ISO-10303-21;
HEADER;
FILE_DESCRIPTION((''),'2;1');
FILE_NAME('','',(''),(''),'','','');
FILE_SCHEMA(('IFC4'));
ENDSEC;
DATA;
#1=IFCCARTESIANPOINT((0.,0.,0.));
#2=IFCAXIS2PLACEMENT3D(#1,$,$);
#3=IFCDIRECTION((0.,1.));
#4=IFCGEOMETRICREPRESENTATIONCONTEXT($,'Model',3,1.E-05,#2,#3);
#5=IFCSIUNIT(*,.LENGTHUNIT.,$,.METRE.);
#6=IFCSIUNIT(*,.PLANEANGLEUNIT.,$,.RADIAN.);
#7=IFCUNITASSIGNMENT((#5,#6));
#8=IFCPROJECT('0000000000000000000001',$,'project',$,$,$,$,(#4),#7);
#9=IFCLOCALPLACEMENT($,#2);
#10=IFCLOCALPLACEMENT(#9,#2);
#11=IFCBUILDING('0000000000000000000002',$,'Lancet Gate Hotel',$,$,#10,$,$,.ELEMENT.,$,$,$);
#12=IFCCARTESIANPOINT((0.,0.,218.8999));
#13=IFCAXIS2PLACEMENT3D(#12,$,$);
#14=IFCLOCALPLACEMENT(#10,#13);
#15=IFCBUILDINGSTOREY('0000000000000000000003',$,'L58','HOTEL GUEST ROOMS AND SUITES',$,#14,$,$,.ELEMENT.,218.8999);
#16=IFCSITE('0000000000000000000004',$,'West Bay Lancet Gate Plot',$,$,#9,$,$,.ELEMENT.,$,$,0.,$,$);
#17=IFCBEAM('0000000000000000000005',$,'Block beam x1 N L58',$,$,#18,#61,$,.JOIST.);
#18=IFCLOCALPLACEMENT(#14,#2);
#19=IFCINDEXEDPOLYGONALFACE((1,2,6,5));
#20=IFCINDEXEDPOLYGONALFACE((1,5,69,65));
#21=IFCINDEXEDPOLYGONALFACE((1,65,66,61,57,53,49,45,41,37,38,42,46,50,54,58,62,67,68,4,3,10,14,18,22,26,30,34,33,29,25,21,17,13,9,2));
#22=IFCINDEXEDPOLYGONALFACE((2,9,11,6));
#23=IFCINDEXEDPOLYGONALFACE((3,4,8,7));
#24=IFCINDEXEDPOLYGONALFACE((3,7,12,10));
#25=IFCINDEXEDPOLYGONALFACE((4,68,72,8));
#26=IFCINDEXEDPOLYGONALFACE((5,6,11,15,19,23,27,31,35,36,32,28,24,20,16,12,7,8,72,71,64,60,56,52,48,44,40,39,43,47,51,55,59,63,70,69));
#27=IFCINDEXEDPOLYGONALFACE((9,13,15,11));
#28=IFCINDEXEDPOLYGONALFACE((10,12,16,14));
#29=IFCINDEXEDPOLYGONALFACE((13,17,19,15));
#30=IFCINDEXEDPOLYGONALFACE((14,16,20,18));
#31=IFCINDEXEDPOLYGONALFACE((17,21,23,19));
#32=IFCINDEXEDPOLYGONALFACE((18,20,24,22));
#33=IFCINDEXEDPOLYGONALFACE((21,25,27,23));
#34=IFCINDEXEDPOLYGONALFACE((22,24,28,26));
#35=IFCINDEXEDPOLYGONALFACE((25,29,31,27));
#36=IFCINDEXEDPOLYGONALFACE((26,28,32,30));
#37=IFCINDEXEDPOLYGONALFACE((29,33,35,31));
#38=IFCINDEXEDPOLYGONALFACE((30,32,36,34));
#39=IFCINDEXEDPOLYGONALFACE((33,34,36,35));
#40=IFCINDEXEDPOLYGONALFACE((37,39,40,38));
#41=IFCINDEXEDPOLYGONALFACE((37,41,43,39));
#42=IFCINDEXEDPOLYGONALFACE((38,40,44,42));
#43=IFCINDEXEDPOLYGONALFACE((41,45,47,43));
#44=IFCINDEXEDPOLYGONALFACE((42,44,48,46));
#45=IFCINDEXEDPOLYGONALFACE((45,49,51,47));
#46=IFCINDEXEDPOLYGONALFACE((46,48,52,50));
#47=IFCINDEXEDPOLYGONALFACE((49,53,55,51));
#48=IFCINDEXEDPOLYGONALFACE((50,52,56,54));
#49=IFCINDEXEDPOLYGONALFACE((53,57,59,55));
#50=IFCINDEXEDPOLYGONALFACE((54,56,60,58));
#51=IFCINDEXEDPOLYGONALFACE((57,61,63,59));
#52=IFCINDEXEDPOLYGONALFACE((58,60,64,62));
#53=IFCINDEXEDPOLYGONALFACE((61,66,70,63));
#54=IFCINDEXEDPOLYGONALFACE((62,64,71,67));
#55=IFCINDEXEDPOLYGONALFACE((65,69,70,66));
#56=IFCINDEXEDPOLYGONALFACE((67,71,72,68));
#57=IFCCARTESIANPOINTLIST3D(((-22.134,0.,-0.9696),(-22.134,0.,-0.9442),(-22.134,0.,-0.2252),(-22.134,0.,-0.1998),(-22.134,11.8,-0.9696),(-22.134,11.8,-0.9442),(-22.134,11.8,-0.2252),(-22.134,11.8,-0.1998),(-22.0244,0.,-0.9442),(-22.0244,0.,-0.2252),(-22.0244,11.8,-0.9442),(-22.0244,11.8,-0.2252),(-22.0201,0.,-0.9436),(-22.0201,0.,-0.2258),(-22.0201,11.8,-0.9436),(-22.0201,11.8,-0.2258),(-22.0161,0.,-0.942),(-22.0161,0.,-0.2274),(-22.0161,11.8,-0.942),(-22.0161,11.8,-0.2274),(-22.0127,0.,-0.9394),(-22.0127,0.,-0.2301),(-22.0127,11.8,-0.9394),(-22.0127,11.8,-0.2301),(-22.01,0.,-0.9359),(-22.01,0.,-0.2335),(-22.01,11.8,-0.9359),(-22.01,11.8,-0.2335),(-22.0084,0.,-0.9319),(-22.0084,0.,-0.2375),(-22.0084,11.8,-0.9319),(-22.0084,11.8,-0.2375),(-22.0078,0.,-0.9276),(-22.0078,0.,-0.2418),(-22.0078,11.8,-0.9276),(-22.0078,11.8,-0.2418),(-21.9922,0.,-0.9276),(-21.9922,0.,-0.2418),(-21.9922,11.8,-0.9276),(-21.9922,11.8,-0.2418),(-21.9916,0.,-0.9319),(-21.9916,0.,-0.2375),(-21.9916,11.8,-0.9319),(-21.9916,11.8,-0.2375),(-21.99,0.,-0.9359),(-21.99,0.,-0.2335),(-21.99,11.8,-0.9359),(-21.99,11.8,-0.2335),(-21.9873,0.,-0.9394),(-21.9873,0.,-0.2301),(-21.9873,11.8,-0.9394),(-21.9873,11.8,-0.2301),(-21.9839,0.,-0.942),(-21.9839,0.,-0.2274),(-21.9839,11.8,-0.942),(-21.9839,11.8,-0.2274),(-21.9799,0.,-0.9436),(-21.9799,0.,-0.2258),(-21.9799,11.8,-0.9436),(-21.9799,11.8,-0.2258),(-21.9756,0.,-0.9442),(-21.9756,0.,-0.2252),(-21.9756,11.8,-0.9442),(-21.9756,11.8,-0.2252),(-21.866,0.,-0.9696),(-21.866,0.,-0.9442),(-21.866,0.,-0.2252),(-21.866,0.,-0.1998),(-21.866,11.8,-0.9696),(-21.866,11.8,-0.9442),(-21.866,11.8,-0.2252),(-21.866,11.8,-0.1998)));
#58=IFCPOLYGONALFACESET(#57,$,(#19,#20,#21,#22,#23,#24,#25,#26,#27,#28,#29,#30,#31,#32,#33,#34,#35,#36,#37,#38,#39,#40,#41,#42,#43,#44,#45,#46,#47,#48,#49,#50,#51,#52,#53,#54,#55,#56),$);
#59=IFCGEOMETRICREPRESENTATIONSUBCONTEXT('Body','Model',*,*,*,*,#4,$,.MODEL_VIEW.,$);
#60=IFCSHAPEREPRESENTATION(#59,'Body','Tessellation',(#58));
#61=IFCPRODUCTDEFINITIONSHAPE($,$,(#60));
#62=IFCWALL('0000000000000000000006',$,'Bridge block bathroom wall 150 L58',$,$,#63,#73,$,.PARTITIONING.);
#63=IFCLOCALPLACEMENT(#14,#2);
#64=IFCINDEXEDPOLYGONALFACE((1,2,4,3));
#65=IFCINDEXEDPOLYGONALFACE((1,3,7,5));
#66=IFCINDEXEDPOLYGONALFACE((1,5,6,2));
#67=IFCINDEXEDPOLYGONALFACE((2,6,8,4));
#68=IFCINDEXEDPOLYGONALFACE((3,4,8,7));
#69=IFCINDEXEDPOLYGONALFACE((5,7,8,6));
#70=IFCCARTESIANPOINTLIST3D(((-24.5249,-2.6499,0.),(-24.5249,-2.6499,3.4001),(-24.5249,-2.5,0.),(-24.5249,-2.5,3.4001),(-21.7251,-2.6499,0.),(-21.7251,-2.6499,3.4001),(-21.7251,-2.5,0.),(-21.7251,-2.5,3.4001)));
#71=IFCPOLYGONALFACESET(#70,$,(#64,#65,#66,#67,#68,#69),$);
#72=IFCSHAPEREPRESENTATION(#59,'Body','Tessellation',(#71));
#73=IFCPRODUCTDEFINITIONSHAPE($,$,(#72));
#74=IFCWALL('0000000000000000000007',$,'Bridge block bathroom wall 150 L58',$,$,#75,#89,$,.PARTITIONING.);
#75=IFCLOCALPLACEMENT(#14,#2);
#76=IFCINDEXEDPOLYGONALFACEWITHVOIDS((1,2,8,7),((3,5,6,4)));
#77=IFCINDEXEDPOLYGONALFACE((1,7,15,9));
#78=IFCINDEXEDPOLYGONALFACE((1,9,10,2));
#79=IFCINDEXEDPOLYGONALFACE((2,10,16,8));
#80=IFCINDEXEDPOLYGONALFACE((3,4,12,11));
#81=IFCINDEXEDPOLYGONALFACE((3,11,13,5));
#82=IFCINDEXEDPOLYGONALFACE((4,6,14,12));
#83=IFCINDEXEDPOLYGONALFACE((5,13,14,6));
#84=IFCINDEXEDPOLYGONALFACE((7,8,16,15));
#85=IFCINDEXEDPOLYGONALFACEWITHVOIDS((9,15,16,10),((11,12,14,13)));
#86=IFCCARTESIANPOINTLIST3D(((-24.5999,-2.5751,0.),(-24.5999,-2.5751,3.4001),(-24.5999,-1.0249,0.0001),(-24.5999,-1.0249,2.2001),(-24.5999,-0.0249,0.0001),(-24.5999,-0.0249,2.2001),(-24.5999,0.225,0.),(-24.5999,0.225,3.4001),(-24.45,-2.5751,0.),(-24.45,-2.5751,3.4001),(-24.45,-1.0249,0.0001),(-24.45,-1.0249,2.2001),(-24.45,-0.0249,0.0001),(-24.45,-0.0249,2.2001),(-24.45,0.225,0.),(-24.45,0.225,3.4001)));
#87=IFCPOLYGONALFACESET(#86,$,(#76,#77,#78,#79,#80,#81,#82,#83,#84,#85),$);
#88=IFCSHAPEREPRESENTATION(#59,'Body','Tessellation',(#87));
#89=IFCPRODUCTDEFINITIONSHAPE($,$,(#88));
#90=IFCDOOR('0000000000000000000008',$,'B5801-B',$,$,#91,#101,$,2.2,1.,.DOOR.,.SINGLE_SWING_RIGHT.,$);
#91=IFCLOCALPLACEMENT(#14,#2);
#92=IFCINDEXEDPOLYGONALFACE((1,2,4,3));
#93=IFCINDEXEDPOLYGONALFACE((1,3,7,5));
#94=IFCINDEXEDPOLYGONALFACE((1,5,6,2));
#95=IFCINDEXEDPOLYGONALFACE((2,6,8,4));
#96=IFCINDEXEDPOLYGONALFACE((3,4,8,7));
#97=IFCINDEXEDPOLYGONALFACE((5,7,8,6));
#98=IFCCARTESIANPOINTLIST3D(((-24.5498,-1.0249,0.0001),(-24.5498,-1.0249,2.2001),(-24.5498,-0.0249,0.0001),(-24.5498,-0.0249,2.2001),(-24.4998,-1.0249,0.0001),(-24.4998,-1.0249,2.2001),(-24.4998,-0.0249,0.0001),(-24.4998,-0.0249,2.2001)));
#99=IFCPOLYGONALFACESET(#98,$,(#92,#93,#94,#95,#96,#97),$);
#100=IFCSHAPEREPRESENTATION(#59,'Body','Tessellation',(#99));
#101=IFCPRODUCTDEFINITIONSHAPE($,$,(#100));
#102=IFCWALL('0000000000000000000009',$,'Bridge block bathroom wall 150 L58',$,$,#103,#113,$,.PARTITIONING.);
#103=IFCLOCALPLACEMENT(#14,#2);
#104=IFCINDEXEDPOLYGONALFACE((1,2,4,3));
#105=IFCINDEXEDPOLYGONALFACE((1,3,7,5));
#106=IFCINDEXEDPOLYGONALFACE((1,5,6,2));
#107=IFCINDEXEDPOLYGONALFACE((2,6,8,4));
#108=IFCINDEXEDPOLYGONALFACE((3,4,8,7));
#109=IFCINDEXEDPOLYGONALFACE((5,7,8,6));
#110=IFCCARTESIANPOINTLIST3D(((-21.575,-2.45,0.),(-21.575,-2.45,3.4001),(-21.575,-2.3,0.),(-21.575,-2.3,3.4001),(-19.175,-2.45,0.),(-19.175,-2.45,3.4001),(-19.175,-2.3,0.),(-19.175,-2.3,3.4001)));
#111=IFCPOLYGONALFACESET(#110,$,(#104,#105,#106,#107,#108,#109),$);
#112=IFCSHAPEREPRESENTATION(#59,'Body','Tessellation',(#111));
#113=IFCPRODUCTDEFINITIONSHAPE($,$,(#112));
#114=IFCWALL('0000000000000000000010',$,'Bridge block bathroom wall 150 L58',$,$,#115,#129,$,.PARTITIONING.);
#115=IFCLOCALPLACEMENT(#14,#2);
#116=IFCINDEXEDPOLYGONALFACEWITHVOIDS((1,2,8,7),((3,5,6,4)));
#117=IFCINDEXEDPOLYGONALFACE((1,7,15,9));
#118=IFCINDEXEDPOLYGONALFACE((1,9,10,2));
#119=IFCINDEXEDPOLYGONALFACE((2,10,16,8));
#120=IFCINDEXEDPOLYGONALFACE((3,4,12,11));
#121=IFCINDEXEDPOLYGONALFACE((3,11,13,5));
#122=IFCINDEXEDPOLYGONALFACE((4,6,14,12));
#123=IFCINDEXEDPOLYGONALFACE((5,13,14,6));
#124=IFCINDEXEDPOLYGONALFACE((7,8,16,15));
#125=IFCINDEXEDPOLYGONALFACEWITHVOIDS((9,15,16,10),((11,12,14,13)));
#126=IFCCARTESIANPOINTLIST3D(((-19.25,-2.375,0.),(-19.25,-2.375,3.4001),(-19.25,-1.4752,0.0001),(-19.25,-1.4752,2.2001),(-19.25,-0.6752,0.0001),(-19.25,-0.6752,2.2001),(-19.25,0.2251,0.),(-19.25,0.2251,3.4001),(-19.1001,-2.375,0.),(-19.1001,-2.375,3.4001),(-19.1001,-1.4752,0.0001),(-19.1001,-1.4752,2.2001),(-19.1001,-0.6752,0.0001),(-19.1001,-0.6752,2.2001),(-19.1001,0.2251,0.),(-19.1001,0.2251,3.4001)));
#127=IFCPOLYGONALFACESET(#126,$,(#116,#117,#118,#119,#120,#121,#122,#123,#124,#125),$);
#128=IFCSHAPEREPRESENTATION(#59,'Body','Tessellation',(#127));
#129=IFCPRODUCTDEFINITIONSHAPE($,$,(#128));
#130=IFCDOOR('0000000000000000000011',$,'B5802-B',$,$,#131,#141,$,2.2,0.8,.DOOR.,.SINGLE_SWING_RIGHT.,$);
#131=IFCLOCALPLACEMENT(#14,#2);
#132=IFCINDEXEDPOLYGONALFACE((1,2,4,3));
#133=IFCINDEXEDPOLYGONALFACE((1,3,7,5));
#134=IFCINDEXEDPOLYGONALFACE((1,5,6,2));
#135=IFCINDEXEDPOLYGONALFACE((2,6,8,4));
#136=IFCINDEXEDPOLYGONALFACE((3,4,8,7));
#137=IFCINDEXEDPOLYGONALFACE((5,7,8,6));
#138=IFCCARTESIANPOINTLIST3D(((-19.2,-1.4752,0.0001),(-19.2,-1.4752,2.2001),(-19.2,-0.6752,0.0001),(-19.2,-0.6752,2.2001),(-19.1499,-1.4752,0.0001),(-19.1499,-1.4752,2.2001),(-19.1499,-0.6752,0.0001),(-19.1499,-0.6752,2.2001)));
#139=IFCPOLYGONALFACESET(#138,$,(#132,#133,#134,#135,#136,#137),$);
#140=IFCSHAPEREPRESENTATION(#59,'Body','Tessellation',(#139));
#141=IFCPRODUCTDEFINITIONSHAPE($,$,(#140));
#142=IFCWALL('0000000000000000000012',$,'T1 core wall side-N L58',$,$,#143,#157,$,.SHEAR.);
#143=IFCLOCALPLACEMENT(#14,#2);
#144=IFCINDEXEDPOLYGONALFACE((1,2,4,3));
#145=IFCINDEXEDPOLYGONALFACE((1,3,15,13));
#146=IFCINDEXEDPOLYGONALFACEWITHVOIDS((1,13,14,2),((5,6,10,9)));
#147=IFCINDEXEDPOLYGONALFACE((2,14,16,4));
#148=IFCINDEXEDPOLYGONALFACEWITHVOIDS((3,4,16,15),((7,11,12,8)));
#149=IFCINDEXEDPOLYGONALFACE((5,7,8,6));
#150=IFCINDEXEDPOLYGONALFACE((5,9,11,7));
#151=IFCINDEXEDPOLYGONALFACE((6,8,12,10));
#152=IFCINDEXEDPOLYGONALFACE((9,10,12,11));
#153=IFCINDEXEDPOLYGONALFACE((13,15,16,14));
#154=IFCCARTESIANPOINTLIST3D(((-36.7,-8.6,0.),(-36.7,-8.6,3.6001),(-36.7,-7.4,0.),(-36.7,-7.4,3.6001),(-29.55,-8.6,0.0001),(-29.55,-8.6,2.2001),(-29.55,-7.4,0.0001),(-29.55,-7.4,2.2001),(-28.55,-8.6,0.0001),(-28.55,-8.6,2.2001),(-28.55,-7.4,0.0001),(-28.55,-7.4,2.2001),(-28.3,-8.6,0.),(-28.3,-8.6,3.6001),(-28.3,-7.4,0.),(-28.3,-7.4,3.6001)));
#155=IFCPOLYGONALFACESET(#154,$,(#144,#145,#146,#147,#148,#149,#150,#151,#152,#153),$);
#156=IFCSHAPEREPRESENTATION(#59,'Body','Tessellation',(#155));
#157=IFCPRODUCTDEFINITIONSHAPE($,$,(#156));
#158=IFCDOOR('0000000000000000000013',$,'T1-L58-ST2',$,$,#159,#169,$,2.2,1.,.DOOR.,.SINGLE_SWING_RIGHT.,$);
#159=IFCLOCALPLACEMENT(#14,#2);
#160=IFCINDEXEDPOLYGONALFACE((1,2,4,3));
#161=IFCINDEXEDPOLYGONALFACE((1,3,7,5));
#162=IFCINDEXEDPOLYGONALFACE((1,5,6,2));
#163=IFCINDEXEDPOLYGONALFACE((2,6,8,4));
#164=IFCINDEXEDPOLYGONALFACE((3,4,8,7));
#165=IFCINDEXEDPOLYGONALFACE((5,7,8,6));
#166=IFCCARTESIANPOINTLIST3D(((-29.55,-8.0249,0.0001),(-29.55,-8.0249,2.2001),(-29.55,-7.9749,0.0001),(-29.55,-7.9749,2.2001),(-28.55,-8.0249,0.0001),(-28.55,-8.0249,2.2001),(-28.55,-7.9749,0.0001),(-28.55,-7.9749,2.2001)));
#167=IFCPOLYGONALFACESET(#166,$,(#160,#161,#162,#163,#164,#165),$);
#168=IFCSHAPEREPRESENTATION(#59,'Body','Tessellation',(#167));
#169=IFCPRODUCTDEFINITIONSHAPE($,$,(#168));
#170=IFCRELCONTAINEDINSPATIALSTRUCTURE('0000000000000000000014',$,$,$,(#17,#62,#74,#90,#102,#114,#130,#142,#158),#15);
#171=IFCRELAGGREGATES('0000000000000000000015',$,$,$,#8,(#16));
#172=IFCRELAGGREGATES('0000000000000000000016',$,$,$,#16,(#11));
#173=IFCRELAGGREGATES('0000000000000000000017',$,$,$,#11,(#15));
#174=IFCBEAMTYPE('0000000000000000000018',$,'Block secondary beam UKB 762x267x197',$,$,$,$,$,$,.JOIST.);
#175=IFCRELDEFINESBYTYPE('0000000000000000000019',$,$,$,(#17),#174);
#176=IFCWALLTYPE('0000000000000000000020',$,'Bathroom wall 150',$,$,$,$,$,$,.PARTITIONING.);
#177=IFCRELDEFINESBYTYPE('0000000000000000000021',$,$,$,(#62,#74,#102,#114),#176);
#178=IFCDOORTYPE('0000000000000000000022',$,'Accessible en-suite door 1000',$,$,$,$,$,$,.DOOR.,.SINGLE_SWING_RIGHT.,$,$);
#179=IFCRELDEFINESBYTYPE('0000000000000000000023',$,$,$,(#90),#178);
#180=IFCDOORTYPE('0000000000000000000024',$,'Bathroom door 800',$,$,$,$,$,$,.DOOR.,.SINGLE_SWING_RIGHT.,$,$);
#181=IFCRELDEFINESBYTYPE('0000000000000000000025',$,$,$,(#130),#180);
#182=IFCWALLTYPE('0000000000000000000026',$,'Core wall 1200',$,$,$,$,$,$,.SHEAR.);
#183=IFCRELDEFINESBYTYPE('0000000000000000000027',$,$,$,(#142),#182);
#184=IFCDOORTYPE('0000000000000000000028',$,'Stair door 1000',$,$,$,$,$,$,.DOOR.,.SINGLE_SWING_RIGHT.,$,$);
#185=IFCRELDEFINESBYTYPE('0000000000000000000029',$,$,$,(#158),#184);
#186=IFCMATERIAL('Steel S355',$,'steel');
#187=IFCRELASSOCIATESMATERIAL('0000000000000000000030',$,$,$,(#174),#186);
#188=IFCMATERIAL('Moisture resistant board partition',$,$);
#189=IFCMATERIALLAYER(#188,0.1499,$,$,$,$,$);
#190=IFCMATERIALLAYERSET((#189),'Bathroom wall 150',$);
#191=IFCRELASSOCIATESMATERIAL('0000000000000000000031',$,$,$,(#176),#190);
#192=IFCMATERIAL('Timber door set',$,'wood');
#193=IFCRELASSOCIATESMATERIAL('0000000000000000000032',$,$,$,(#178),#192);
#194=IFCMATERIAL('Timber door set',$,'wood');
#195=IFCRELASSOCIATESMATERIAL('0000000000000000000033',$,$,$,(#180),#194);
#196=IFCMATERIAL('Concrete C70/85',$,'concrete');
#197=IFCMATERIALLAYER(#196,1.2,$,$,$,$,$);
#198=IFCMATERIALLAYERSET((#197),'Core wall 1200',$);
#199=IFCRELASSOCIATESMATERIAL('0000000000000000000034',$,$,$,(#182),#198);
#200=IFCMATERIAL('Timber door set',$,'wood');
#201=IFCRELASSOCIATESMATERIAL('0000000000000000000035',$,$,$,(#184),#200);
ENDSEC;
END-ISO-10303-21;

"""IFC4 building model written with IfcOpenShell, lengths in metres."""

from ifc_helpers import new_model, si_unit, direction, frame, frame_2d, origin, origin_2d, place, context, subcontext, project, spatial, rectangle, i_section, extrude, material, layer, layer_set, material_profile, profile_set, type_object, element, fill, save


model = new_model("IFC4")

# Units and contexts
model_context = context("Model", 3, precision=1e-05, world=origin(), true_north=direction((0.0, 1.0)))
body_context = subcontext(model_context, "Body", "Model", "MODEL_VIEW")
ifc_project = project(units=[si_unit("LENGTHUNIT", "METRE"), si_unit("PLANEANGLEUNIT", "RADIAN")], contexts=[model_context])

# Site, building, storey
site_placement = place(None, origin())
site = spatial("IfcSite", under=ifc_project, at=site_placement, Name="West Bay Lancet Gate Plot", CompositionType="ELEMENT", RefElevation=0.0)
building_placement = place(site_placement, origin())
building = spatial("IfcBuilding", under=site, at=building_placement, Name="Lancet Gate Hotel", CompositionType="ELEMENT")
storey_placement = place(building_placement, frame((0.0, 0.0, 218.8999)))
storey = spatial("IfcBuildingStorey", under=building, at=storey_placement, Name="L58", Description="HOTEL GUEST ROOMS AND SUITES", CompositionType="ELEMENT", Elevation=218.8999)

# Beam
ifc_material_1 = material(Name="Steel S355", Category="steel")
ifc_material_profile_1 = material_profile(ifc_material_1, i_section(OverallWidth=0.2681, OverallDepth=0.7698, WebThickness=0.0156, FlangeThickness=0.0254, FilletRadius=0.0166, at=origin_2d()), Name="UKB 762x267x197")
ifc_profile_set_1 = profile_set([ifc_material_profile_1], Name="Steel S355")
beam_type_1 = type_object("IfcBeamType", Name="Block secondary beam UKB 762x267x197", PredefinedType="JOIST", material=ifc_profile_set_1)
beam_1_placement = place(storey_placement, frame((-22.0, 0.0, -0.5847), z_axis=(0.0, 1.0, 0.0), x_axis=(-1.0, 0.0, 0.0)))
element("IfcBeam", 1, at=beam_1_placement, inside=storey, type_object=beam_type_1, Name="Block beam x1 N L58", PredefinedType="JOIST", context=body_context, shape_type="SweptSolid", body=[
    extrude(i_section(OverallWidth=0.2681, OverallDepth=0.7698, WebThickness=0.0156, FlangeThickness=0.0254, FilletRadius=0.0166, at=origin_2d()), origin(), (0.0, 0.0, 1.0), 11.8),
])

# Wall
ifc_material_2 = material(Name="Moisture resistant board partition")
ifc_layer_1 = layer(ifc_material_2, 0.1499)
ifc_layer_set_1 = layer_set([ifc_layer_1], Name="Bathroom wall 150")
wall_type_1 = type_object("IfcWallType", Name="Bathroom wall 150", PredefinedType="PARTITIONING", material=ifc_layer_set_1)
wall_1_placement = place(storey_placement, frame((-24.5249, -2.575, 0.0), z_axis=(0.0, 0.0, 1.0), x_axis=(1.0, 0.0, 0.0)))
element("IfcWall", 2, at=wall_1_placement, inside=storey, type_object=wall_type_1, Name="Bridge block bathroom wall 150 L58", PredefinedType="PARTITIONING", context=body_context, shape_type="SweptSolid", body=[
    extrude(rectangle(XDim=2.7998, YDim=0.1499, at=frame_2d((1.3999, 0.0))), origin(), (0.0, 0.0, 1.0), 3.4001),
])

# Wall, opening, door
wall_2_placement = place(storey_placement, frame((-24.5249, -2.575, 0.0), z_axis=(0.0, 0.0, 1.0), x_axis=(0.0, 1.0, 0.0)))
wall_2 = element("IfcWall", 3, at=wall_2_placement, inside=storey, type_object=wall_type_1, Name="Bridge block bathroom wall 150 L58", PredefinedType="PARTITIONING", context=body_context, shape_type="SweptSolid", body=[
    extrude(rectangle(XDim=2.8, YDim=0.1499, at=frame_2d((1.3999, 0.0))), origin(), (0.0, 0.0, 1.0), 3.4001),
])
opening_1_placement = place(wall_2_placement, frame((1.55, 0.0, 0.0)))
opening_1 = element("IfcOpeningElement", 4, at=opening_1_placement, cuts=wall_2, PredefinedType="OPENING", context=body_context, shape_type="SweptSolid", body=[
    extrude(rectangle(XDim=1.0, YDim=2.2, at=frame_2d((0.5, 1.1001))), frame((0.0, 0.085, 0.0), z_axis=(0.0, -1.0, 0.0), x_axis=(1.0, 0.0, 0.0)), (0.0, 0.0, 1.0), 0.1699),
])
ifc_material_3 = material(Name="Timber door set", Category="wood")
door_type_1 = type_object("IfcDoorType", Name="Accessible en-suite door 1000", OperationType="SINGLE_SWING_RIGHT", PredefinedType="DOOR", material=ifc_material_3)
door_1_placement = place(opening_1_placement, origin())
door_1 = element("IfcDoor", 5, at=door_1_placement, inside=storey, type_object=door_type_1, Name="B5801-B", OperationType="SINGLE_SWING_RIGHT", OverallHeight=2.2, OverallWidth=1.0, PredefinedType="DOOR", context=body_context, shape_type="SweptSolid", body=[
    extrude(rectangle(XDim=1.0, YDim=2.2, at=frame_2d((0.5, 1.1001))), frame((0.0, 0.0249, 0.0), z_axis=(0.0, -1.0, 0.0), x_axis=(1.0, 0.0, 0.0)), (0.0, 0.0, 1.0), 0.05),
])
fill(opening_1, door_1)

# Wall
wall_3_placement = place(storey_placement, frame((-21.575, -2.375, 0.0), z_axis=(0.0, 0.0, 1.0), x_axis=(1.0, 0.0, 0.0)))
element("IfcWall", 6, at=wall_3_placement, inside=storey, type_object=wall_type_1, Name="Bridge block bathroom wall 150 L58", PredefinedType="PARTITIONING", context=body_context, shape_type="SweptSolid", body=[
    extrude(rectangle(XDim=2.3999, YDim=0.1499, at=frame_2d((1.2, 0.0))), origin(), (0.0, 0.0, 1.0), 3.4001),
])

# Walls, openings, doors
wall_4_placement = place(storey_placement, frame((-19.175, -2.375, 0.0), z_axis=(0.0, 0.0, 1.0), x_axis=(0.0, 1.0, 0.0)))
wall_4 = element("IfcWall", 7, at=wall_4_placement, inside=storey, type_object=wall_type_1, Name="Bridge block bathroom wall 150 L58", PredefinedType="PARTITIONING", context=body_context, shape_type="SweptSolid", body=[
    extrude(rectangle(XDim=2.6001, YDim=0.1499, at=frame_2d((1.3, 0.0))), origin(), (0.0, 0.0, 1.0), 3.4001),
])
opening_2_placement = place(wall_4_placement, frame((0.8999, 0.0, 0.0)))
opening_2 = element("IfcOpeningElement", 8, at=opening_2_placement, cuts=wall_4, PredefinedType="OPENING", context=body_context, shape_type="SweptSolid", body=[
    extrude(rectangle(XDim=0.8, YDim=2.2, at=frame_2d((0.3999, 1.1001))), frame((0.0, 0.085, 0.0), z_axis=(0.0, -1.0, 0.0), x_axis=(1.0, 0.0, 0.0)), (0.0, 0.0, 1.0), 0.1699),
])
ifc_material_4 = material(Name="Timber door set", Category="wood")
door_type_2 = type_object("IfcDoorType", Name="Bathroom door 800", OperationType="SINGLE_SWING_RIGHT", PredefinedType="DOOR", material=ifc_material_4)
door_2_placement = place(opening_2_placement, origin())
door_2 = element("IfcDoor", 9, at=door_2_placement, inside=storey, type_object=door_type_2, Name="B5802-B", OperationType="SINGLE_SWING_RIGHT", OverallHeight=2.2, OverallWidth=0.8, PredefinedType="DOOR", context=body_context, shape_type="SweptSolid", body=[
    extrude(rectangle(XDim=0.8, YDim=2.2, at=frame_2d((0.3999, 1.1001))), frame((0.0, 0.0249, 0.0), z_axis=(0.0, -1.0, 0.0), x_axis=(1.0, 0.0, 0.0)), (0.0, 0.0, 1.0), 0.05),
])
fill(opening_2, door_2)
ifc_material_5 = material(Name="Concrete C70/85", Category="concrete")
ifc_layer_2 = layer(ifc_material_5, 1.2)
ifc_layer_set_2 = layer_set([ifc_layer_2], Name="Core wall 1200")
wall_type_2 = type_object("IfcWallType", Name="Core wall 1200", PredefinedType="SHEAR", material=ifc_layer_set_2)
wall_5_placement = place(storey_placement, frame((-28.3, -8.0, 0.0), z_axis=(0.0, 0.0, 1.0), x_axis=(-1.0, 0.0, 0.0)))
wall_5 = element("IfcWall", 10, at=wall_5_placement, inside=storey, type_object=wall_type_2, Name="T1 core wall side-N L58", PredefinedType="SHEAR", context=body_context, shape_type="SweptSolid", body=[
    extrude(rectangle(XDim=8.3999, YDim=1.2, at=frame_2d((4.2, 0.0))), origin(), (0.0, 0.0, 1.0), 3.6001),
])
opening_3_placement = place(wall_5_placement, frame((0.25, 0.0, 0.0)))
opening_3 = element("IfcOpeningElement", 11, at=opening_3_placement, cuts=wall_5, PredefinedType="OPENING", context=body_context, shape_type="SweptSolid", body=[
    extrude(rectangle(XDim=1.0, YDim=2.2, at=frame_2d((0.5, 1.1001))), frame((0.0, 0.6099, 0.0), z_axis=(0.0, -1.0, 0.0), x_axis=(1.0, 0.0, 0.0)), (0.0, 0.0, 1.0), 1.22),
])
ifc_material_6 = material(Name="Timber door set", Category="wood")
door_type_3 = type_object("IfcDoorType", Name="Stair door 1000", OperationType="SINGLE_SWING_RIGHT", PredefinedType="DOOR", material=ifc_material_6)
door_3_placement = place(opening_3_placement, origin())
door_3 = element("IfcDoor", 12, at=door_3_placement, inside=storey, type_object=door_type_3, Name="T1-L58-ST2", OperationType="SINGLE_SWING_RIGHT", OverallHeight=2.2, OverallWidth=1.0, PredefinedType="DOOR", context=body_context, shape_type="SweptSolid", body=[
    extrude(rectangle(XDim=1.0, YDim=2.2, at=frame_2d((0.5, 1.1001))), frame((0.0, 0.0249, 0.0), z_axis=(0.0, -1.0, 0.0), x_axis=(1.0, 0.0, 0.0)), (0.0, 0.0, 1.0), 0.05),
])
fill(opening_3, door_3)

save(model, "model.ifc")
